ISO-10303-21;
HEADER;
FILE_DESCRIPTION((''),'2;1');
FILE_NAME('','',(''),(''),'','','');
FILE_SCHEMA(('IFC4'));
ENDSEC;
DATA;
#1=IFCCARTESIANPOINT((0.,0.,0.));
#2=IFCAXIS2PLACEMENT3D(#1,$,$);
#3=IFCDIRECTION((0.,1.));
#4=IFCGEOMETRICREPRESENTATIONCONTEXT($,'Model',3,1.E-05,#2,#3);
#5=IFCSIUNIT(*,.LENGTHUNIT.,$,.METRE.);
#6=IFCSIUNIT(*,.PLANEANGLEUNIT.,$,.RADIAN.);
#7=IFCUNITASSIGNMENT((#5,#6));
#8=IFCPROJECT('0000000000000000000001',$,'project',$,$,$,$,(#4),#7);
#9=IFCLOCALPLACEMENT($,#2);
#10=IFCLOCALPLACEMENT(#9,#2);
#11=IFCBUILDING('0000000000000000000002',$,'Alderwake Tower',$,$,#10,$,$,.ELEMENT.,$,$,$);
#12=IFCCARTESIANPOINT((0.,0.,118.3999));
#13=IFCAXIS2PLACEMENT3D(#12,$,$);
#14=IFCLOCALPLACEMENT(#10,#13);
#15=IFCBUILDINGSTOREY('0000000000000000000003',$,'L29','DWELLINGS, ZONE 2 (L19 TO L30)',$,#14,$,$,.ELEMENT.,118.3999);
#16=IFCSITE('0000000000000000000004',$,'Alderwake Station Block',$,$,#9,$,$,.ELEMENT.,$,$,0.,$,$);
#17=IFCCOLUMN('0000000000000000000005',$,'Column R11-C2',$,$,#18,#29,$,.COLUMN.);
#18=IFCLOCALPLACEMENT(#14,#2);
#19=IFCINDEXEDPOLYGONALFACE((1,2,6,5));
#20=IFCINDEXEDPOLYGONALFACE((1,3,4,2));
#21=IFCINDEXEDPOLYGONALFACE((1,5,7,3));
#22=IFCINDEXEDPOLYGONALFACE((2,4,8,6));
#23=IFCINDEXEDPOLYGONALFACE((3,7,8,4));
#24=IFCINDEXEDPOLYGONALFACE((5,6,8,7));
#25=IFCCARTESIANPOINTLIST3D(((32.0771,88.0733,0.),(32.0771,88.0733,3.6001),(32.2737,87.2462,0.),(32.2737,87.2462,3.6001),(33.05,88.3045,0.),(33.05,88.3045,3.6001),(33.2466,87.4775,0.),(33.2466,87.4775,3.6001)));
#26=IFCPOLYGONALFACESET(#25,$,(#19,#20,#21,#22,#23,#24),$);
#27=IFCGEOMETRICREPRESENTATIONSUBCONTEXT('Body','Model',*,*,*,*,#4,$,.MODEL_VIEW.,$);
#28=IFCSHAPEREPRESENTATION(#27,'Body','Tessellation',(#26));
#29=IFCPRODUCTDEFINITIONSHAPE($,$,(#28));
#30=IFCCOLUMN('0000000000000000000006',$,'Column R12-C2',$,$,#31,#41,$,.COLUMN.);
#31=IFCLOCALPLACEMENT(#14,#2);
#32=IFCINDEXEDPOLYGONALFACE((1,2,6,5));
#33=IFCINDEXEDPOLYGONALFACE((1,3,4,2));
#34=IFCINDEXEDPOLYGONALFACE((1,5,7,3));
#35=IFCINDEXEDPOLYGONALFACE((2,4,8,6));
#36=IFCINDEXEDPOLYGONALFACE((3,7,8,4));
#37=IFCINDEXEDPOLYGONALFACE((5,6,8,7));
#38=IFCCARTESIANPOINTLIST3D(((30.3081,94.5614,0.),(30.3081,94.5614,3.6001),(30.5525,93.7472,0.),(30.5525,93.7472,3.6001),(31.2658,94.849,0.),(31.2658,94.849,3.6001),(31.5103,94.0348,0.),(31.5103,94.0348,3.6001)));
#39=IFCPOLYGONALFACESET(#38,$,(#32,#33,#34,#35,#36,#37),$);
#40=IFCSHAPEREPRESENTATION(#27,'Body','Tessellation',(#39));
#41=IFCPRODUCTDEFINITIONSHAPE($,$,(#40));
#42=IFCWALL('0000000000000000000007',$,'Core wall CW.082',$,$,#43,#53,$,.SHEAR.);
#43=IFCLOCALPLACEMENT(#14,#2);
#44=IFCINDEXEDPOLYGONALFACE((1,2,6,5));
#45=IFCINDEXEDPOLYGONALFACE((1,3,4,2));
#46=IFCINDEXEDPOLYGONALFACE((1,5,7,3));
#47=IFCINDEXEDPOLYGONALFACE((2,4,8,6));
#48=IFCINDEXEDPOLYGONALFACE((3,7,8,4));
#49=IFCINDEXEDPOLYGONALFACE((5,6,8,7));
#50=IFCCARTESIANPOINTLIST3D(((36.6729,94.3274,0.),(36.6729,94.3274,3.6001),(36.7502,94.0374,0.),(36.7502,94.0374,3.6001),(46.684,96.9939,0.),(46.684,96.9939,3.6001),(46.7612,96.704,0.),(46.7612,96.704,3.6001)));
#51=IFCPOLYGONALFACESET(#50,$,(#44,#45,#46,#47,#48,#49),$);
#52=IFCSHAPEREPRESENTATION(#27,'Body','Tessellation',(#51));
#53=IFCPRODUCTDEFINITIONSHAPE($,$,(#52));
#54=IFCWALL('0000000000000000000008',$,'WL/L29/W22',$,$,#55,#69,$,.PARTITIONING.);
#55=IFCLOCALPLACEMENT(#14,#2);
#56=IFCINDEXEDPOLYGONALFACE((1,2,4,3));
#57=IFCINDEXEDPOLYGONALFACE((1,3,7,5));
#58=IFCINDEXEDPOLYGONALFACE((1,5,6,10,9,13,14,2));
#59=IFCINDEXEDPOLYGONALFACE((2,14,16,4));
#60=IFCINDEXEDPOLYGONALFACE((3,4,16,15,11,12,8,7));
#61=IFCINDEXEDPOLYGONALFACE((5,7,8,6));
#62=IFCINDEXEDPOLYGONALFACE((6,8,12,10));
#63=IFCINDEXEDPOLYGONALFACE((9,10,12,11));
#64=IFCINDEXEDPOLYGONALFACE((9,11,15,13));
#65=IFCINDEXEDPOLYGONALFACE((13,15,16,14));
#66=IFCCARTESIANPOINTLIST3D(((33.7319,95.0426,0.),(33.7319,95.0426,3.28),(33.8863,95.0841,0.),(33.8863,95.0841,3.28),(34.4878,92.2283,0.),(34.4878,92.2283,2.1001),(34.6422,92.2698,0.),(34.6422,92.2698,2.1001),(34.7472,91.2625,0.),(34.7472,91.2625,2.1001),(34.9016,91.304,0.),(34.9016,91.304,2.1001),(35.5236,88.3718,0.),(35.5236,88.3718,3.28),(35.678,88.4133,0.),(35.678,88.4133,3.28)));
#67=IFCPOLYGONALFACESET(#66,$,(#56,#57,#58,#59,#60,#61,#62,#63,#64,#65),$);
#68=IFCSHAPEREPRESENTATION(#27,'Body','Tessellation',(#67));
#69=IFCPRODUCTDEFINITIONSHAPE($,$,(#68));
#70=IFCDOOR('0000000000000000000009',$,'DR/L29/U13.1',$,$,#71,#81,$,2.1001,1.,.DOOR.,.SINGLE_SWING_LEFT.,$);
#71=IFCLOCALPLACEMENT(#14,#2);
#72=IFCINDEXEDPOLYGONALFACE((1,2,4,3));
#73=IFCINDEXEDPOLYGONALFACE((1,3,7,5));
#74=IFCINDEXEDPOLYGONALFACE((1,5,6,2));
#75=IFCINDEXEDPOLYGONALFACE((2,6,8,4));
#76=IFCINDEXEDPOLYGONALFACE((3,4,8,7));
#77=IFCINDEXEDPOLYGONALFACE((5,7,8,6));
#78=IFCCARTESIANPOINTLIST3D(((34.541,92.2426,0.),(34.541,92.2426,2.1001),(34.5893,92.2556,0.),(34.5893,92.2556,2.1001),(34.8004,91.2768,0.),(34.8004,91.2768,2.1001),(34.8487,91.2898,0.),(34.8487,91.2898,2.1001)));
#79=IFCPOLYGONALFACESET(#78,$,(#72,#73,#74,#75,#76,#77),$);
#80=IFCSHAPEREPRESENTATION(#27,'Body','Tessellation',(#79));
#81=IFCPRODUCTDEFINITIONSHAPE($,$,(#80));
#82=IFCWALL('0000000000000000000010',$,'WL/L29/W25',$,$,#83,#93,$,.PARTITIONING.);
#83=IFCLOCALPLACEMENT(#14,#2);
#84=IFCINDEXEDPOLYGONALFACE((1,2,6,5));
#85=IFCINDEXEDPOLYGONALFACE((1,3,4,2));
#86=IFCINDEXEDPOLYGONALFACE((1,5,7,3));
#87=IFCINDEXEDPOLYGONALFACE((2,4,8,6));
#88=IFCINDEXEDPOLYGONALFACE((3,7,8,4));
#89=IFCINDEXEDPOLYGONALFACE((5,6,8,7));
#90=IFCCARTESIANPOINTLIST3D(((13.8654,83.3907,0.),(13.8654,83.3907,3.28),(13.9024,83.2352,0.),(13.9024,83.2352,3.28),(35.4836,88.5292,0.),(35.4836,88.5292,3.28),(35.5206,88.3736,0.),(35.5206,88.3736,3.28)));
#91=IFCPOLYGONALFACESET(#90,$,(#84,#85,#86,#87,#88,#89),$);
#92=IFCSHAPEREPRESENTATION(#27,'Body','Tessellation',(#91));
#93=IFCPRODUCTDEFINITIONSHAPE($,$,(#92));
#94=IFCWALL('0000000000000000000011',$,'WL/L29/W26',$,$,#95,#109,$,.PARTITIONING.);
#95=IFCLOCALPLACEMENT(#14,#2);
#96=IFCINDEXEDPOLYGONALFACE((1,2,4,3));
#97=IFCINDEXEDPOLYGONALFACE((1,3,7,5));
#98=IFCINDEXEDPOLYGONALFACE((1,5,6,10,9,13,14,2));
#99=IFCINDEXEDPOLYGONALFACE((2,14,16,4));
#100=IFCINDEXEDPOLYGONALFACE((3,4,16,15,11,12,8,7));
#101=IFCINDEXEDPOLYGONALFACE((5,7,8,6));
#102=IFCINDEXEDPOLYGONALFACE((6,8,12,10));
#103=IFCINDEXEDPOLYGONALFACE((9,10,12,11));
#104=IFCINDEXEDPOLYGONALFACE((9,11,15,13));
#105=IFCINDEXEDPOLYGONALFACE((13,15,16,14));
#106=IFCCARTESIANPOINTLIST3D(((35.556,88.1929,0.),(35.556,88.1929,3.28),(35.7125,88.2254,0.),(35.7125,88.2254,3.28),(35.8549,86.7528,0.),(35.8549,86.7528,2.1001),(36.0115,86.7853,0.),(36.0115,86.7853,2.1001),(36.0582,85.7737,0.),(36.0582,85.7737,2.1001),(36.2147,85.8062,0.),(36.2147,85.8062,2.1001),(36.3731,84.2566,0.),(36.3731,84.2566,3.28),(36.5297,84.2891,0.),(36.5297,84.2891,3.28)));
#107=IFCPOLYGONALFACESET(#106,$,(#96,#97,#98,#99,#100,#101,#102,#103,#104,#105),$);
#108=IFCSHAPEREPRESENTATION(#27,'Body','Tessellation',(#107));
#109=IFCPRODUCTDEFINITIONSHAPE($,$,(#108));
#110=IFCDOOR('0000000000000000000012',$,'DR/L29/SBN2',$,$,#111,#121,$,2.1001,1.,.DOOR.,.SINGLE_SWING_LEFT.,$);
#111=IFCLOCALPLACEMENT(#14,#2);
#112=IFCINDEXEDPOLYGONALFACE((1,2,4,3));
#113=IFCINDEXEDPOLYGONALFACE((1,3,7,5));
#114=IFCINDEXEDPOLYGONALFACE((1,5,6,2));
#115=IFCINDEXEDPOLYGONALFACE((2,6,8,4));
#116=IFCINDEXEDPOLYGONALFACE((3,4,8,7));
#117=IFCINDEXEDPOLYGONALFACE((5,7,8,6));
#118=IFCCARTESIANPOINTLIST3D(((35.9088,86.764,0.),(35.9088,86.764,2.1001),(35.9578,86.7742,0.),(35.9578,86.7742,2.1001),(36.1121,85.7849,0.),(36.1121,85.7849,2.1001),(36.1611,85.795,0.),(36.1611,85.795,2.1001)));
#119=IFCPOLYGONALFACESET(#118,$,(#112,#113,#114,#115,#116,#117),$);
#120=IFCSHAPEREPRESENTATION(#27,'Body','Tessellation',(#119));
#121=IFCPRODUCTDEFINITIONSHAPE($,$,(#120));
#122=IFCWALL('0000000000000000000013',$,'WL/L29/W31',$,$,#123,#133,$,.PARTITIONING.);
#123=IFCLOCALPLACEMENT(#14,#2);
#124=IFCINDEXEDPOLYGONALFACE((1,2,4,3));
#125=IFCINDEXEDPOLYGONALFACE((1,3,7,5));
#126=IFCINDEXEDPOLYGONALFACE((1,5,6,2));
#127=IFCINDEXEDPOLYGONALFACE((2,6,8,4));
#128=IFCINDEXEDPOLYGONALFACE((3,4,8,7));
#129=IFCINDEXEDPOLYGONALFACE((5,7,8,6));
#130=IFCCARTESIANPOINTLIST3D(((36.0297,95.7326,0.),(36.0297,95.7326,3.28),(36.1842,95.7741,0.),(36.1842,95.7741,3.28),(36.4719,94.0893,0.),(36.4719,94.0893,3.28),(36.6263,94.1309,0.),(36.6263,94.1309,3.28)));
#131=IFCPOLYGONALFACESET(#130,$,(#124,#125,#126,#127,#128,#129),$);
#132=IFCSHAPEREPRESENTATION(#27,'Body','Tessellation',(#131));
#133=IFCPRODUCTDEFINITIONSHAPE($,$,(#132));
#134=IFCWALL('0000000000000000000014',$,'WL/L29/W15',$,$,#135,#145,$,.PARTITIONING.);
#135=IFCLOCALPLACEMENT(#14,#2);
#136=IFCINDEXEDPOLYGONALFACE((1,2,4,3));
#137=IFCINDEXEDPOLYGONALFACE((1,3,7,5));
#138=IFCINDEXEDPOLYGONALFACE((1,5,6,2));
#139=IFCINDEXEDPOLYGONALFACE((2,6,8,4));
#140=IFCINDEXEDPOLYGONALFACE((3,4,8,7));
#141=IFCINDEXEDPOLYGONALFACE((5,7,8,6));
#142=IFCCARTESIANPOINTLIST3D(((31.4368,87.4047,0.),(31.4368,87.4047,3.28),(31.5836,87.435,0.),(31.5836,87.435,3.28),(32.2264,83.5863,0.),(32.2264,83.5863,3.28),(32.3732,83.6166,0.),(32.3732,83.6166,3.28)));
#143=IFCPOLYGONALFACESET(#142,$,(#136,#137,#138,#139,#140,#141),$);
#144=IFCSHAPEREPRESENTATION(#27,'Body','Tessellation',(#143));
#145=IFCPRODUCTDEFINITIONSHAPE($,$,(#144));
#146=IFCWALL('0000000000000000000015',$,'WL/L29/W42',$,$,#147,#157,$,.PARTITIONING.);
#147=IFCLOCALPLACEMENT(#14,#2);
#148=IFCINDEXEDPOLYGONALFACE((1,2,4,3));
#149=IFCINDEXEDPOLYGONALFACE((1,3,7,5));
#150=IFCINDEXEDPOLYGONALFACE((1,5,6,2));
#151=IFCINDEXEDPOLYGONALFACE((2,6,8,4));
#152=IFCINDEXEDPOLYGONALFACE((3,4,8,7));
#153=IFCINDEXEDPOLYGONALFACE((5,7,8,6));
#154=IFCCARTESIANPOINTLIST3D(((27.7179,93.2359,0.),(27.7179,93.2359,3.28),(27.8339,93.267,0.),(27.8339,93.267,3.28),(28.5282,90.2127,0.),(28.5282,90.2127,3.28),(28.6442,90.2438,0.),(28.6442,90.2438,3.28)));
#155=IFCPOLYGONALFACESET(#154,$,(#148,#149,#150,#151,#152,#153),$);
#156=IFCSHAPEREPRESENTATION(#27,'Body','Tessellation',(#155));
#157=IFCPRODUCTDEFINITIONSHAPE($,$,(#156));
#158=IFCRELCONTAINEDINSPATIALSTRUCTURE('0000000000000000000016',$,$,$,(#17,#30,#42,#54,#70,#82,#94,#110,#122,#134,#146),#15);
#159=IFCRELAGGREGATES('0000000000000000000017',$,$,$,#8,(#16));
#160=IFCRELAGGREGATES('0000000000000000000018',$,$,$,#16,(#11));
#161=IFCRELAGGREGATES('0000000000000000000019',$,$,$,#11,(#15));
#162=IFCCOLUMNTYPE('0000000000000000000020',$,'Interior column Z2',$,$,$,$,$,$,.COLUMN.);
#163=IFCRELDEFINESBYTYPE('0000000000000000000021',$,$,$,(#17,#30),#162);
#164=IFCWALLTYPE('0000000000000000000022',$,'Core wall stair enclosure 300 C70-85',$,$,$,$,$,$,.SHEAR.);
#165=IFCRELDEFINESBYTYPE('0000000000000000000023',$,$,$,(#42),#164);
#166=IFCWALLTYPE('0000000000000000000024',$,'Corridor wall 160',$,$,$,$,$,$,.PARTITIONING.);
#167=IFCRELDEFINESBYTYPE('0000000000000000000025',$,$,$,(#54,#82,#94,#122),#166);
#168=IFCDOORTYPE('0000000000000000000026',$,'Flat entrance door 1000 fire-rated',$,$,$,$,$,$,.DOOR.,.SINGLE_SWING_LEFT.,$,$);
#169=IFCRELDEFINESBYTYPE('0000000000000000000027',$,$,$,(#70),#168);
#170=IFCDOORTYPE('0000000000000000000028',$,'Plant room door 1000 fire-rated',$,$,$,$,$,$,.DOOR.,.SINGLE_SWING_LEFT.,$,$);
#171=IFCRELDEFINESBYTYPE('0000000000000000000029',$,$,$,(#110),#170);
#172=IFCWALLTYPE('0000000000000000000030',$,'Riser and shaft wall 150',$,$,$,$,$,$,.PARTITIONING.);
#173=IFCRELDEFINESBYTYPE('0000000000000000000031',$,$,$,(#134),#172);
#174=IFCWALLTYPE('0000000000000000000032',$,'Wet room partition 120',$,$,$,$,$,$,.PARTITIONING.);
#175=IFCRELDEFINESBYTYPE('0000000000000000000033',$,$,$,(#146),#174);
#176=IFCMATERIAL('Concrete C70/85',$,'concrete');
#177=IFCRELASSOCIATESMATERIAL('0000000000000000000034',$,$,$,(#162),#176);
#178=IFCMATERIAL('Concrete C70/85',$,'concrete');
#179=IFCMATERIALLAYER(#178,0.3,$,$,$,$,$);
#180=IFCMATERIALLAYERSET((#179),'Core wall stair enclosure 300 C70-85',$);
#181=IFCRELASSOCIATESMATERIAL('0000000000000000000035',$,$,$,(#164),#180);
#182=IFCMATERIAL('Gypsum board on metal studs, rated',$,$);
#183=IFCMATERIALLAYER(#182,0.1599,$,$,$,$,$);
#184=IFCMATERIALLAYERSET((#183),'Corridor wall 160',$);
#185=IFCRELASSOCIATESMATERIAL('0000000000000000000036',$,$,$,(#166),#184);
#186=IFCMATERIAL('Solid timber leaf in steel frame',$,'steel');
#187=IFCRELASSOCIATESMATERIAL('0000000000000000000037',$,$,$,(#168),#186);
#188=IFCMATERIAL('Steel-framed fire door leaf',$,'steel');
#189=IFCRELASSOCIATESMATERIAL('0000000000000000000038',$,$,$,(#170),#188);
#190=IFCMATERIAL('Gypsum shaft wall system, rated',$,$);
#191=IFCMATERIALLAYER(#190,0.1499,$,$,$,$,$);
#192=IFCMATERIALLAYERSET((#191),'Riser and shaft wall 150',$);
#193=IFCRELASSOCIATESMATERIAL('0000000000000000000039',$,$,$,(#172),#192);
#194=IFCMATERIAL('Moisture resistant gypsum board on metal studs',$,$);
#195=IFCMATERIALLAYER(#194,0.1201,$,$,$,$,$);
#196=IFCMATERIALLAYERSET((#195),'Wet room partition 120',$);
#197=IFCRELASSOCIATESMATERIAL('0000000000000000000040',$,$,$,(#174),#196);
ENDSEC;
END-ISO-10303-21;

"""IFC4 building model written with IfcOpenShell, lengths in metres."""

from ifc_helpers import new_model, si_unit, direction, frame, frame_2d, origin, origin_2d, place, context, subcontext, project, spatial, rectangle, extrude, material, layer, layer_set, material_profile, profile_set, type_object, element, fill, save


model = new_model("IFC4")

# Units and contexts
model_context = context("Model", 3, precision=1e-05, world=origin(), true_north=direction((0.0, 1.0)))
body_context = subcontext(model_context, "Body", "Model", "MODEL_VIEW")
ifc_project = project(units=[si_unit("LENGTHUNIT", "METRE"), si_unit("PLANEANGLEUNIT", "RADIAN")], contexts=[model_context])

# Site, building, storey
site_placement = place(None, origin())
site = spatial("IfcSite", under=ifc_project, at=site_placement, Name="Alderwake Station Block", CompositionType="ELEMENT", RefElevation=0.0)
building_placement = place(site_placement, origin())
building = spatial("IfcBuilding", under=site, at=building_placement, Name="Alderwake Tower", CompositionType="ELEMENT")
storey_placement = place(building_placement, frame((0.0, 0.0, 118.3999)))
storey = spatial("IfcBuildingStorey", under=building, at=storey_placement, Name="L29", Description="DWELLINGS, ZONE 2 (L19 TO L30)", CompositionType="ELEMENT", Elevation=118.3999)

# Columns
ifc_material_1 = material(Name="Concrete C70/85", Category="concrete")
ifc_material_profile = material_profile(ifc_material_1, rectangle(XDim=0.8501, YDim=1.0, at=origin_2d()), Name="RC 1000X850")
ifc_profile_set = profile_set([ifc_material_profile], Name="Concrete C70/85")
column_type = type_object("IfcColumnType", Name="Interior column Z2", PredefinedType="COLUMN", material=ifc_profile_set)
for number, where, z_axis, x_axis, name in (
    (1, (32.6619, 87.7754, 0.0), (0.0, 0.0, 1.0), (-0.231222, 0.972901, 0.0), "Column R11-C2"),
    (2, (30.9092, 94.2981, 0.0), (0.0, 0.0, 1.0), (-0.287549, 0.957766, 0.0), "Column R12-C2"),
):
    element("IfcColumn", number, at=place(storey_placement, frame(where, z_axis=z_axis, x_axis=x_axis)), inside=storey, type_object=column_type, Name=name, PredefinedType="COLUMN", context=body_context, shape_type="SweptSolid", body=[
        extrude(rectangle(XDim=0.8501, YDim=1.0, at=origin_2d()), origin(), (0.0, 0.0, 1.0), 3.6001),
    ])

# Wall
ifc_material_2 = material(Name="Concrete C70/85", Category="concrete")
ifc_layer_1 = layer(ifc_material_2, 0.3)
ifc_layer_set_1 = layer_set([ifc_layer_1], Name="Core wall stair enclosure 300 C70-85")
wall_type_1 = type_object("IfcWallType", Name="Core wall stair enclosure 300 C70-85", PredefinedType="SHEAR", material=ifc_layer_set_1)
wall_1_placement = place(storey_placement, frame((36.7114, 94.1824, 0.0), z_axis=(0.0, 0.0, 1.0), x_axis=(0.966309, 0.257384, 0.0)))
element("IfcWall", 3, at=wall_1_placement, inside=storey, type_object=wall_type_1, Name="Core wall CW.082", PredefinedType="SHEAR", context=body_context, shape_type="SweptSolid", body=[
    extrude(rectangle(XDim=10.3601, YDim=0.3, at=frame_2d((5.1802, 0.0))), origin(), (0.0, 0.0, 1.0), 3.6001),
])

# Wall, opening, door
ifc_material_3 = material(Name="Gypsum board on metal studs, rated")
ifc_layer_2 = layer(ifc_material_3, 0.1599)
ifc_layer_set_2 = layer_set([ifc_layer_2], Name="Corridor wall 160")
wall_type_2 = type_object("IfcWallType", Name="Corridor wall 160", PredefinedType="PARTITIONING", material=ifc_layer_set_2)
wall_2_placement = place(storey_placement, frame((35.6008, 88.3926, 0.0), z_axis=(0.0, 0.0, 1.0), x_axis=(-0.259398, 0.965771, 0.0)))
wall_2 = element("IfcWall", 4, at=wall_2_placement, inside=storey, type_object=wall_type_2, Name="WL/L29/W22", PredefinedType="PARTITIONING", context=body_context, shape_type="SweptSolid", body=[
    extrude(rectangle(XDim=6.9072, YDim=0.1599, at=frame_2d((3.4536, 0.0))), origin(), (0.0, 0.0, 1.0), 3.28),
])
opening_1_placement = place(wall_2_placement, frame((2.9932, 0.0, 0.0)))
opening_1 = element("IfcOpeningElement", 5, at=opening_1_placement, cuts=wall_2, PredefinedType="OPENING", context=body_context, shape_type="SweptSolid", body=[
    extrude(rectangle(XDim=1.0, YDim=2.1001, at=frame_2d((0.5, 1.05))), frame((0.0, 0.0898, 0.0), z_axis=(0.0, -1.0, 0.0), x_axis=(1.0, 0.0, 0.0)), (0.0, 0.0, 1.0), 0.1799),
])
ifc_material_4 = material(Name="Solid timber leaf in steel frame", Category="steel")
door_type_1 = type_object("IfcDoorType", Name="Flat entrance door 1000 fire-rated", OperationType="SINGLE_SWING_LEFT", PredefinedType="DOOR", material=ifc_material_4)
door_1_placement = place(opening_1_placement, origin())
door_1 = element("IfcDoor", 6, at=door_1_placement, inside=storey, type_object=door_type_1, Name="DR/L29/U13.1", OperationType="SINGLE_SWING_LEFT", OverallHeight=2.1001, OverallWidth=1.0, PredefinedType="DOOR", context=body_context, shape_type="SweptSolid", body=[
    extrude(rectangle(XDim=1.0, YDim=2.1001, at=frame_2d((0.5, 1.05))), frame((0.0, 0.0249, 0.0), z_axis=(0.0, -1.0, 0.0), x_axis=(1.0, 0.0, 0.0)), (0.0, 0.0, 1.0), 0.05),
])
fill(opening_1, door_1)

# Wall
wall_3_placement = place(storey_placement, frame((35.5022, 88.4514, 0.0), z_axis=(0.0, 0.0, 1.0), x_axis=(-0.972895, -0.231248, 0.0)))
element("IfcWall", 7, at=wall_3_placement, inside=storey, type_object=wall_type_2, Name="WL/L29/W25", PredefinedType="PARTITIONING", context=body_context, shape_type="SweptSolid", body=[
    extrude(rectangle(XDim=22.2205, YDim=0.1599, at=frame_2d((11.1104, 0.0))), origin(), (0.0, 0.0, 1.0), 3.28),
])

# Wall, opening, door
wall_4_placement = place(storey_placement, frame((36.4514, 84.2727, 0.0), z_axis=(0.0, 0.0, 1.0), x_axis=(-0.203258, 0.979125, 0.0)))
wall_4 = element("IfcWall", 8, at=wall_4_placement, inside=storey, type_object=wall_type_2, Name="WL/L29/W26", PredefinedType="PARTITIONING", context=body_context, shape_type="SweptSolid", body=[
    extrude(rectangle(XDim=4.0203, YDim=0.1599, at=frame_2d((2.0103, 0.0))), origin(), (0.0, 0.0, 1.0), 3.28),
])
opening_2_placement = place(wall_4_placement, frame((1.5496, 0.0, 0.0)))
opening_2 = element("IfcOpeningElement", 9, at=opening_2_placement, cuts=wall_4, PredefinedType="OPENING", context=body_context, shape_type="SweptSolid", body=[
    extrude(rectangle(XDim=1.0, YDim=2.1001, at=frame_2d((0.5, 1.05))), frame((0.0, 0.0898, 0.0), z_axis=(0.0, -1.0, 0.0), x_axis=(1.0, 0.0, 0.0)), (0.0, 0.0, 1.0), 0.1799),
])
ifc_material_5 = material(Name="Steel-framed fire door leaf", Category="steel")
door_type_2 = type_object("IfcDoorType", Name="Plant room door 1000 fire-rated", OperationType="SINGLE_SWING_LEFT", PredefinedType="DOOR", material=ifc_material_5)
door_2_placement = place(opening_2_placement, origin())
door_2 = element("IfcDoor", 10, at=door_2_placement, inside=storey, type_object=door_type_2, Name="DR/L29/SBN2", OperationType="SINGLE_SWING_LEFT", OverallHeight=2.1001, OverallWidth=1.0, PredefinedType="DOOR", context=body_context, shape_type="SweptSolid", body=[
    extrude(rectangle(XDim=1.0, YDim=2.1001, at=frame_2d((0.5, 1.05))), frame((0.0, 0.0249, 0.0), z_axis=(0.0, -1.0, 0.0), x_axis=(1.0, 0.0, 0.0)), (0.0, 0.0, 1.0), 0.05),
])
fill(opening_2, door_2)

# Walls
wall_5_placement = place(storey_placement, frame((36.5491, 94.1101, 0.0), z_axis=(0.0, 0.0, 1.0), x_axis=(-0.259814, 0.965659, 0.0)))
element("IfcWall", 11, at=wall_5_placement, inside=storey, type_object=wall_type_2, Name="WL/L29/W31", PredefinedType="PARTITIONING", context=body_context, shape_type="SweptSolid", body=[
    extrude(rectangle(XDim=1.7017, YDim=0.1599, at=frame_2d((0.8508, 0.0))), origin(), (0.0, 0.0, 1.0), 3.28),
])
ifc_material_6 = material(Name="Gypsum shaft wall system, rated")
ifc_layer_3 = layer(ifc_material_6, 0.1499)
ifc_layer_set_3 = layer_set([ifc_layer_3], Name="Riser and shaft wall 150")
wall_type_3 = type_object("IfcWallType", Name="Riser and shaft wall 150", PredefinedType="PARTITIONING", material=ifc_layer_set_3)
wall_6_placement = place(storey_placement, frame((32.2998, 83.6013, 0.0), z_axis=(0.0, 0.0, 1.0), x_axis=(-0.202494, 0.979284, 0.0)))
element("IfcWall", 12, at=wall_6_placement, inside=storey, type_object=wall_type_3, Name="WL/L29/W15", PredefinedType="PARTITIONING", context=body_context, shape_type="SweptSolid", body=[
    extrude(rectangle(XDim=3.8992, YDim=0.1499, at=frame_2d((1.9497, 0.0))), origin(), (0.0, 0.0, 1.0), 3.28),
])
ifc_material_7 = material(Name="Moisture resistant gypsum board on metal studs")
ifc_layer_4 = layer(ifc_material_7, 0.1201)
ifc_layer_set_4 = layer_set([ifc_layer_4], Name="Wet room partition 120")
wall_type_4 = type_object("IfcWallType", Name="Wet room partition 120", PredefinedType="PARTITIONING", material=ifc_layer_set_4)
wall_7_placement = place(storey_placement, frame((27.7759, 93.2515, 0.0), z_axis=(0.0, 0.0, 1.0), x_axis=(0.258891, -0.965907, 0.0)))
element("IfcWall", 13, at=wall_7_placement, inside=storey, type_object=wall_type_4, Name="WL/L29/W42", PredefinedType="PARTITIONING", context=body_context, shape_type="SweptSolid", body=[
    extrude(rectangle(XDim=3.1299, YDim=0.1201, at=frame_2d((1.5649, 0.0))), origin(), (0.0, 0.0, 1.0), 3.28),
])

save(model, "model.ifc")
